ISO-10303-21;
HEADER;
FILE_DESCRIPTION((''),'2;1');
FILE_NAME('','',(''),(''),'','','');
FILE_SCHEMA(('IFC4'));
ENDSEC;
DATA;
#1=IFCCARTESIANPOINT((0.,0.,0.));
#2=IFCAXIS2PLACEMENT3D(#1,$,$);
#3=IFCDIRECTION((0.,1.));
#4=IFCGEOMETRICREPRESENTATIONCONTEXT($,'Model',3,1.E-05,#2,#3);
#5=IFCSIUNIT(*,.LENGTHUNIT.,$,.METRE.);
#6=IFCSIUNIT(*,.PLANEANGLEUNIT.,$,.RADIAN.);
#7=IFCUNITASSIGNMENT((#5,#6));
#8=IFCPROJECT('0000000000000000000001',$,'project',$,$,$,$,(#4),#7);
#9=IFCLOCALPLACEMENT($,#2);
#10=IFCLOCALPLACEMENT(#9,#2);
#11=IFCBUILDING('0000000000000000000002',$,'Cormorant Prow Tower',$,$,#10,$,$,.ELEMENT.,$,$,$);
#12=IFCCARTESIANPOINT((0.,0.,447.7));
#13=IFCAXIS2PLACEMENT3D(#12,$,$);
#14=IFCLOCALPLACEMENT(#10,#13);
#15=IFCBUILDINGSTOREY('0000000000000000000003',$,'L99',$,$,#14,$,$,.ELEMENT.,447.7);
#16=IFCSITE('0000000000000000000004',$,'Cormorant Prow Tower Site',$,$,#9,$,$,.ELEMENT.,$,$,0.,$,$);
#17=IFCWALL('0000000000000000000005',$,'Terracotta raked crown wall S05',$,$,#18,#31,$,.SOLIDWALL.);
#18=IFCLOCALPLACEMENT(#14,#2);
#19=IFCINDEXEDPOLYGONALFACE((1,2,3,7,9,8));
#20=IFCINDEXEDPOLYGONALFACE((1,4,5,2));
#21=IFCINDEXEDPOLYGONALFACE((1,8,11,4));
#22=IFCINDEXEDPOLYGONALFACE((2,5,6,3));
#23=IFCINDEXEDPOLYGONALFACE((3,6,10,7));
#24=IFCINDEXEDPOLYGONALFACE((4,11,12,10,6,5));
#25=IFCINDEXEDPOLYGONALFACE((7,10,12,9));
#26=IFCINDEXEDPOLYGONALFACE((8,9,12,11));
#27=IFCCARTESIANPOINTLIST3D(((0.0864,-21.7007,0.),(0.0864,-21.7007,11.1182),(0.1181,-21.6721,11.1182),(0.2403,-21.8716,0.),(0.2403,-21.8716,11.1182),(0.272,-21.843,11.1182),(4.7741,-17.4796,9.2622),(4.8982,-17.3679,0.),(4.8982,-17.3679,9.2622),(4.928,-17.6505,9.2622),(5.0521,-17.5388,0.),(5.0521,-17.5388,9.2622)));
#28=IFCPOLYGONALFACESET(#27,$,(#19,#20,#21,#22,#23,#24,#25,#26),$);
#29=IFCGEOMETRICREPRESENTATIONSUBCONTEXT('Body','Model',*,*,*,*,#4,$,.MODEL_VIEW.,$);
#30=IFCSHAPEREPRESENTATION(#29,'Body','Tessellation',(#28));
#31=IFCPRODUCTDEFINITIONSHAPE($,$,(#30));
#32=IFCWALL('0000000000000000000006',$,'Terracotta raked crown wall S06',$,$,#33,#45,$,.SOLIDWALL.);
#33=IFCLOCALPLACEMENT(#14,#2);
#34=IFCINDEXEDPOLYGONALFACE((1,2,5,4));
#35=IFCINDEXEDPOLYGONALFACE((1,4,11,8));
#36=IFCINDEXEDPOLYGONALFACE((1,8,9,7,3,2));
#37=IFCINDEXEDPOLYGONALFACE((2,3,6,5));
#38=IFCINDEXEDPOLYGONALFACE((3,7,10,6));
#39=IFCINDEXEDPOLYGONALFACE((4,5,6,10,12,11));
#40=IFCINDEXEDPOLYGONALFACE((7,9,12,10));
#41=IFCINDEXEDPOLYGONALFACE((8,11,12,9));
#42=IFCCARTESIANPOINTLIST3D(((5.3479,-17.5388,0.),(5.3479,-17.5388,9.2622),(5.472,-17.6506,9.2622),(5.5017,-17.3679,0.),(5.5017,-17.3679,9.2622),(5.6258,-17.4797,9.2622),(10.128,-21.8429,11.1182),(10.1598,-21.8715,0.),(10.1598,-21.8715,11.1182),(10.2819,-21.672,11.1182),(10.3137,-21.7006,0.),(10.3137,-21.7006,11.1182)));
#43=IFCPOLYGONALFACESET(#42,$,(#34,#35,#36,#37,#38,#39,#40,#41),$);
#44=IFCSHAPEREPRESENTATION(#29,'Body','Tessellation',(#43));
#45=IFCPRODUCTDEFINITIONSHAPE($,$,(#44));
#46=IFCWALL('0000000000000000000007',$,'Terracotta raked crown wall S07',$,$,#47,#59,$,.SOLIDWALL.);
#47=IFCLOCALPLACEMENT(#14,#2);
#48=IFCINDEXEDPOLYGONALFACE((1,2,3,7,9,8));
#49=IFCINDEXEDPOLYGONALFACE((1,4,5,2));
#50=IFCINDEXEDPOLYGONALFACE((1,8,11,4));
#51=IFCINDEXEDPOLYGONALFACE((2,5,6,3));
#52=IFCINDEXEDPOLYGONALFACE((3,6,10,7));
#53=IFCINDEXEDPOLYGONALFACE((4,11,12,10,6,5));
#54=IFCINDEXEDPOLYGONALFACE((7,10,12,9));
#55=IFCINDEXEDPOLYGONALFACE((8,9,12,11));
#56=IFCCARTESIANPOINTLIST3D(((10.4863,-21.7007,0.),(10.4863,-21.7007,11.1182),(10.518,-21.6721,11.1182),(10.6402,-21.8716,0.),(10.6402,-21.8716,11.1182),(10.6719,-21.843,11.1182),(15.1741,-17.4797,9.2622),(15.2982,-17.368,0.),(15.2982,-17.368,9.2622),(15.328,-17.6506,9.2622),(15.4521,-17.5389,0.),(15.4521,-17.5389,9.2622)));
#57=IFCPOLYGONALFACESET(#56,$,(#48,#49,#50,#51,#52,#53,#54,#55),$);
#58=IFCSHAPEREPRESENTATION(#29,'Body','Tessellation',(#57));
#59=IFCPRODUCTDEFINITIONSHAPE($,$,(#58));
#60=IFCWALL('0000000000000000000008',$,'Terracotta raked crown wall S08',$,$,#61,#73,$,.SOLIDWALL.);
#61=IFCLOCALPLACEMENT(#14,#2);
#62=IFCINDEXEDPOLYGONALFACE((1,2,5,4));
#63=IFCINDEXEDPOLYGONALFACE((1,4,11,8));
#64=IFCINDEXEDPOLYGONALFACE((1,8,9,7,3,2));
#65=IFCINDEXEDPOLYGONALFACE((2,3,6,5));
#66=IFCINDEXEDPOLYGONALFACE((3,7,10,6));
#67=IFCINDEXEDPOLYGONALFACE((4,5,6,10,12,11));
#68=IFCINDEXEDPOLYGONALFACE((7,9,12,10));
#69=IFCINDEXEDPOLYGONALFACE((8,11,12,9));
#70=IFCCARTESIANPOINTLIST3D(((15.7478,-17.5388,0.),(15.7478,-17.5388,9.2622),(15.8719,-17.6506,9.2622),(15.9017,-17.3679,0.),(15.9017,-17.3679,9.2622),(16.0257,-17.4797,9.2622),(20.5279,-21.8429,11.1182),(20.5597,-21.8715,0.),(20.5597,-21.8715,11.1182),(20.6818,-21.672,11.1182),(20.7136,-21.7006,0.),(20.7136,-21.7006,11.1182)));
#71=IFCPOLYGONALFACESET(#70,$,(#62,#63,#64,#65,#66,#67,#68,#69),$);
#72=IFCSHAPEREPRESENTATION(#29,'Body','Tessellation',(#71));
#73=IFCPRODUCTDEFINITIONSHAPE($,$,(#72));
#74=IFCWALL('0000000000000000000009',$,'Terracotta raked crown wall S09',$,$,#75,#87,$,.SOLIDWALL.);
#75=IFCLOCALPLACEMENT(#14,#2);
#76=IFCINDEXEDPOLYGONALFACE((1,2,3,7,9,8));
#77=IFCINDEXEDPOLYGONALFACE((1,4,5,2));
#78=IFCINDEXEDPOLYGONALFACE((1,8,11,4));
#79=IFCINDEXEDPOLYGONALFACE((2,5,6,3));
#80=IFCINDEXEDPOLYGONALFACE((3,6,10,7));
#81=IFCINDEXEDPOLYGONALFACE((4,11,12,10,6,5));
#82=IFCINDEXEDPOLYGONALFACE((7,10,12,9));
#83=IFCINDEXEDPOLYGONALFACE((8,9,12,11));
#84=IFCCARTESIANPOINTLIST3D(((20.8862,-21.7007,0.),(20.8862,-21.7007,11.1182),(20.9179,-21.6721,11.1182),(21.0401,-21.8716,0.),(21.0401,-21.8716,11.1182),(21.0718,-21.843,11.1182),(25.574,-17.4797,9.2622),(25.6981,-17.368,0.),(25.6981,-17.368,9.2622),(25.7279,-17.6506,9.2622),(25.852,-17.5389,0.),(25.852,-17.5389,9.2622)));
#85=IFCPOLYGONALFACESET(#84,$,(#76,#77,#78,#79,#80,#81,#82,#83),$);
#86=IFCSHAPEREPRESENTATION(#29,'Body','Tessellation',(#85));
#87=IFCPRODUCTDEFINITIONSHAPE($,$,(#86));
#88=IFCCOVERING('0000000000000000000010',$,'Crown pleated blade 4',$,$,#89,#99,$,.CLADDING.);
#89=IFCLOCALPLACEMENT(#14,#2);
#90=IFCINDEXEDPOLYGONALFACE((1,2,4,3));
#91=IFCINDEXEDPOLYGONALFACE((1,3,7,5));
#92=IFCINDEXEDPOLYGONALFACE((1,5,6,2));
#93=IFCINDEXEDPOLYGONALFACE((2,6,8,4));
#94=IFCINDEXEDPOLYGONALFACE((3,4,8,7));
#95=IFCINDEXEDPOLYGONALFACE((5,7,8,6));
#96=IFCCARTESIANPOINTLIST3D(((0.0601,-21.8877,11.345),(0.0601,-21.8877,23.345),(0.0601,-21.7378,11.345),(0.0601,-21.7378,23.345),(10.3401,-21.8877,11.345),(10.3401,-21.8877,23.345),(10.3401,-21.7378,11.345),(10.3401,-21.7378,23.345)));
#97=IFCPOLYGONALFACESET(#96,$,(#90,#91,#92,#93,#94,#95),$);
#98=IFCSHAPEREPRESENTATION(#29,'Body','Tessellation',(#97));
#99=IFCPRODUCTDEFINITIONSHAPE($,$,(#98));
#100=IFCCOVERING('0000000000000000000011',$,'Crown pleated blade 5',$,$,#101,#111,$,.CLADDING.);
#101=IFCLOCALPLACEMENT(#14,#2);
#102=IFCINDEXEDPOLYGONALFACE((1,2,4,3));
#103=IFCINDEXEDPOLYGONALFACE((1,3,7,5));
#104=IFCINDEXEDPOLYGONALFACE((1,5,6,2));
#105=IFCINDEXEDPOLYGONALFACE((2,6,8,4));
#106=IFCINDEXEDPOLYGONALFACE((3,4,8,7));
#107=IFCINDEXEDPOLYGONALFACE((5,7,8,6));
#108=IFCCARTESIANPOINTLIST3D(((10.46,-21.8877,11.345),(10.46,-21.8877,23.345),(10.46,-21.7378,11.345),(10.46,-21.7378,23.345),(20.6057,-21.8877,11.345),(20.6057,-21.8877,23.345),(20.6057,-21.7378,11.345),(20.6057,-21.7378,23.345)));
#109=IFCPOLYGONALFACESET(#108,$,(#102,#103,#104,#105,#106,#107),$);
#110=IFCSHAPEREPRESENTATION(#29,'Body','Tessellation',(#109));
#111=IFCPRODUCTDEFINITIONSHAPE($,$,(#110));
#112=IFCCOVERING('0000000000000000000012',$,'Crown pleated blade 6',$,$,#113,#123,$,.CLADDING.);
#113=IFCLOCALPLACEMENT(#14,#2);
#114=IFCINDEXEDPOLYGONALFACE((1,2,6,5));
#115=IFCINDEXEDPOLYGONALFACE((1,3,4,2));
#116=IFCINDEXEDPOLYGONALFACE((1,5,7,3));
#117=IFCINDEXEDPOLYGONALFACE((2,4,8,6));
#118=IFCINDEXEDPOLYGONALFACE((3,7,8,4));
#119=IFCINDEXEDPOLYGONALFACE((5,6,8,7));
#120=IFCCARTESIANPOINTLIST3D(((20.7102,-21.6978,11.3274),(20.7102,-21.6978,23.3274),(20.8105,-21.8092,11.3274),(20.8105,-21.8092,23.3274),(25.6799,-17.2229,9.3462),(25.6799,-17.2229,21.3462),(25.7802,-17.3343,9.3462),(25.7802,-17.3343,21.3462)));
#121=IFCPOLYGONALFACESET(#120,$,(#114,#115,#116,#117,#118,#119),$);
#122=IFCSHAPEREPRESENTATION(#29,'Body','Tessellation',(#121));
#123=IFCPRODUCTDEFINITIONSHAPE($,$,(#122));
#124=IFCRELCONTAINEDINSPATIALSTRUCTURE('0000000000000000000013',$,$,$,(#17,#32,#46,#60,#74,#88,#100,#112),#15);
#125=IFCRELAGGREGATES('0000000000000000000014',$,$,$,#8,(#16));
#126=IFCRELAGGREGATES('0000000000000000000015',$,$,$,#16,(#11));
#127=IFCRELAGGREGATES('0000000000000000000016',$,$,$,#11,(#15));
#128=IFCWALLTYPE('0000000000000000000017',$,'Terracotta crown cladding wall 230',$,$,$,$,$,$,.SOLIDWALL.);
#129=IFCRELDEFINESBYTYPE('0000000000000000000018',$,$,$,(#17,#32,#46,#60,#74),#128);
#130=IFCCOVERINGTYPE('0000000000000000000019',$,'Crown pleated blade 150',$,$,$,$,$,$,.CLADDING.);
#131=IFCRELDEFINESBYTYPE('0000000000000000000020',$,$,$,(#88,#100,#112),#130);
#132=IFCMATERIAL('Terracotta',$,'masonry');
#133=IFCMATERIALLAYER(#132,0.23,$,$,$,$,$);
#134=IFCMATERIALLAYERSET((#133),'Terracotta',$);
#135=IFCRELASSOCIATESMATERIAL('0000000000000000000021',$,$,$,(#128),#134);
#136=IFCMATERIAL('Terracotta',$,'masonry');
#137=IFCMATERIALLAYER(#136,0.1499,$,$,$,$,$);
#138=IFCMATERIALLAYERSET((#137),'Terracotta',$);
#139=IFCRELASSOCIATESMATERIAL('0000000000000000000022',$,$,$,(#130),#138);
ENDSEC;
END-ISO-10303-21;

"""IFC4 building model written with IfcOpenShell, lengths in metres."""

from ifc_helpers import new_model, si_unit, direction, frame, origin, place, context, subcontext, project, spatial, polyline, outline, extrude, material, layer, layer_set, type_object, element, save


model = new_model("IFC4")

# Units and contexts
model_context = context("Model", 3, precision=1e-05, world=origin(), true_north=direction((0.0, 1.0)))
body_context = subcontext(model_context, "Body", "Model", "MODEL_VIEW")
ifc_project = project(units=[si_unit("LENGTHUNIT", "METRE"), si_unit("PLANEANGLEUNIT", "RADIAN")], contexts=[model_context])

# Site, building, storey
site_placement = place(None, origin())
site = spatial("IfcSite", under=ifc_project, at=site_placement, Name="Cormorant Prow Tower Site", CompositionType="ELEMENT", RefElevation=0.0)
building_placement = place(site_placement, origin())
building = spatial("IfcBuilding", under=site, at=building_placement, Name="Cormorant Prow Tower", CompositionType="ELEMENT")
storey_placement = place(building_placement, frame((0.0, 0.0, 447.7)))
storey = spatial("IfcBuildingStorey", under=building, at=storey_placement, Name="L99", CompositionType="ELEMENT", Elevation=447.7)

# Walls
ifc_material_1 = material(Name="Terracotta", Category="masonry")
ifc_layer_1 = layer(ifc_material_1, 0.23)
ifc_layer_set_1 = layer_set([ifc_layer_1], Name="Terracotta")
wall_type = type_object("IfcWallType", Name="Terracotta crown cladding wall 230", PredefinedType="SOLIDWALL", material=ifc_layer_set_1)
wall_1_placement = place(storey_placement, frame((0.1633, -21.7861, 0.0), z_axis=(0.0, 0.0, 1.0), x_axis=(0.743127, 0.66915, 0.0)))
element("IfcWall", 1, at=wall_1_placement, inside=storey, type_object=wall_type, Name="Terracotta raked crown wall S05", PredefinedType="SOLIDWALL", context=body_context, shape_type="SweptSolid", body=[
    extrude(outline(polyline([(0.0, 0.0), (6.4751, 0.0), (6.4751, 9.2622), (6.3081, 9.2622), (0.0427, 11.1182), (0.0, 11.1182), (0.0, 0.0)])), frame((0.0, 0.115, 0.0), z_axis=(0.0, -1.0, 0.0), x_axis=(1.0, 0.0, 0.0)), (0.0, 0.0, 1.0), 0.23),
])
wall_2_placement = place(storey_placement, frame((5.4248, -17.4534, 0.0), z_axis=(0.0, 0.0, 1.0), x_axis=(0.743144, -0.669131, 0.0)))
element("IfcWall", 2, at=wall_2_placement, inside=storey, type_object=wall_type, Name="Terracotta raked crown wall S06", PredefinedType="SOLIDWALL", context=body_context, shape_type="SweptSolid", body=[
    extrude(outline(polyline([(0.0, 0.0), (6.4751, 0.0), (6.4751, 11.1182), (6.4324, 11.1182), (0.167, 9.2622), (0.0, 9.2622), (0.0, 0.0)])), frame((0.0, 0.115, 0.0), z_axis=(0.0, -1.0, 0.0), x_axis=(1.0, 0.0, 0.0)), (0.0, 0.0, 1.0), 0.23),
])
wall_3_placement = place(storey_placement, frame((10.5632, -21.7861, 0.0), z_axis=(0.0, 0.0, 1.0), x_axis=(0.743144, 0.669131, 0.0)))
element("IfcWall", 3, at=wall_3_placement, inside=storey, type_object=wall_type, Name="Terracotta raked crown wall S07", PredefinedType="SOLIDWALL", context=body_context, shape_type="SweptSolid", body=[
    extrude(outline(polyline([(0.0, 0.0), (6.4751, 0.0), (6.4751, 9.2622), (6.3081, 9.2622), (0.0427, 11.1182), (0.0, 11.1182), (0.0, 0.0)])), frame((0.0, 0.115, 0.0), z_axis=(0.0, -1.0, 0.0), x_axis=(1.0, 0.0, 0.0)), (0.0, 0.0, 1.0), 0.23),
])
wall_4_placement = place(storey_placement, frame((15.8247, -17.4534, 0.0), z_axis=(0.0, 0.0, 1.0), x_axis=(0.743144, -0.669131, 0.0)))
element("IfcWall", 4, at=wall_4_placement, inside=storey, type_object=wall_type, Name="Terracotta raked crown wall S08", PredefinedType="SOLIDWALL", context=body_context, shape_type="SweptSolid", body=[
    extrude(outline(polyline([(0.0, 0.0), (6.4751, 0.0), (6.4751, 11.1182), (6.4324, 11.1182), (0.167, 9.2622), (0.0, 9.2622), (0.0, 0.0)])), frame((0.0, 0.115, 0.0), z_axis=(0.0, -1.0, 0.0), x_axis=(1.0, 0.0, 0.0)), (0.0, 0.0, 1.0), 0.23),
])
wall_5_placement = place(storey_placement, frame((20.9631, -21.7861, 0.0), z_axis=(0.0, 0.0, 1.0), x_axis=(0.743144, 0.669131, 0.0)))
element("IfcWall", 5, at=wall_5_placement, inside=storey, type_object=wall_type, Name="Terracotta raked crown wall S09", PredefinedType="SOLIDWALL", context=body_context, shape_type="SweptSolid", body=[
    extrude(outline(polyline([(0.0, 0.0), (6.4751, 0.0), (6.4751, 9.2622), (6.3081, 9.2622), (0.0427, 11.1182), (0.0, 11.1182), (0.0, 0.0)])), frame((0.0, 0.115, 0.0), z_axis=(0.0, -1.0, 0.0), x_axis=(1.0, 0.0, 0.0)), (0.0, 0.0, 1.0), 0.23),
])

# Coverings
ifc_material_2 = material(Name="Terracotta", Category="masonry")
ifc_layer_2 = layer(ifc_material_2, 0.1499)
ifc_layer_set_2 = layer_set([ifc_layer_2], Name="Terracotta")
covering_type = type_object("IfcCoveringType", Name="Crown pleated blade 150", PredefinedType="CLADDING", material=ifc_layer_set_2)
covering_1_placement = place(storey_placement, frame((10.3401, -21.7378, 11.345), z_axis=(0.0, 1.0, 0.0), x_axis=(-1.0, 0.0, 0.0)))
element("IfcCovering", 6, at=covering_1_placement, inside=storey, type_object=covering_type, Name="Crown pleated blade 4", PredefinedType="CLADDING", context=body_context, shape_type="SweptSolid", body=[
    extrude(outline(polyline([(0.0, 0.0), (10.28, 0.0), (10.28, 12.0), (0.0, 12.0), (0.0, 0.0)])), origin(), (0.0, 0.0, -1.0), 0.1499),
])
covering_2_placement = place(storey_placement, frame((20.6057, -21.7378, 11.345), z_axis=(0.0, 1.0, 0.0), x_axis=(-1.0, 0.0, 0.0)))
element("IfcCovering", 7, at=covering_2_placement, inside=storey, type_object=covering_type, Name="Crown pleated blade 5", PredefinedType="CLADDING", context=body_context, shape_type="SweptSolid", body=[
    extrude(outline(polyline([(0.0, 0.0), (10.1458, 0.0), (10.1458, 12.0), (0.0, 12.0), (0.0, 0.0)])), origin(), (0.0, 0.0, -1.0), 0.1499),
])
covering_3_placement = place(storey_placement, frame((25.6799, -17.2229, 9.3462), z_axis=(-0.669138, 0.743138, 0.0), x_axis=(-0.712527, -0.641576, 0.284052)))
element("IfcCovering", 8, at=covering_3_placement, inside=storey, type_object=covering_type, Name="Crown pleated blade 6", PredefinedType="CLADDING", context=body_context, shape_type="SweptSolid", body=[
    extrude(outline(polyline([(0.0, 0.0), (6.9748, 0.0), (10.3834, 11.5057), (3.4086, 11.5057), (0.0, 0.0)])), origin(), (0.0, 0.0, -1.0), 0.1499),
])

save(model, "model.ifc")
